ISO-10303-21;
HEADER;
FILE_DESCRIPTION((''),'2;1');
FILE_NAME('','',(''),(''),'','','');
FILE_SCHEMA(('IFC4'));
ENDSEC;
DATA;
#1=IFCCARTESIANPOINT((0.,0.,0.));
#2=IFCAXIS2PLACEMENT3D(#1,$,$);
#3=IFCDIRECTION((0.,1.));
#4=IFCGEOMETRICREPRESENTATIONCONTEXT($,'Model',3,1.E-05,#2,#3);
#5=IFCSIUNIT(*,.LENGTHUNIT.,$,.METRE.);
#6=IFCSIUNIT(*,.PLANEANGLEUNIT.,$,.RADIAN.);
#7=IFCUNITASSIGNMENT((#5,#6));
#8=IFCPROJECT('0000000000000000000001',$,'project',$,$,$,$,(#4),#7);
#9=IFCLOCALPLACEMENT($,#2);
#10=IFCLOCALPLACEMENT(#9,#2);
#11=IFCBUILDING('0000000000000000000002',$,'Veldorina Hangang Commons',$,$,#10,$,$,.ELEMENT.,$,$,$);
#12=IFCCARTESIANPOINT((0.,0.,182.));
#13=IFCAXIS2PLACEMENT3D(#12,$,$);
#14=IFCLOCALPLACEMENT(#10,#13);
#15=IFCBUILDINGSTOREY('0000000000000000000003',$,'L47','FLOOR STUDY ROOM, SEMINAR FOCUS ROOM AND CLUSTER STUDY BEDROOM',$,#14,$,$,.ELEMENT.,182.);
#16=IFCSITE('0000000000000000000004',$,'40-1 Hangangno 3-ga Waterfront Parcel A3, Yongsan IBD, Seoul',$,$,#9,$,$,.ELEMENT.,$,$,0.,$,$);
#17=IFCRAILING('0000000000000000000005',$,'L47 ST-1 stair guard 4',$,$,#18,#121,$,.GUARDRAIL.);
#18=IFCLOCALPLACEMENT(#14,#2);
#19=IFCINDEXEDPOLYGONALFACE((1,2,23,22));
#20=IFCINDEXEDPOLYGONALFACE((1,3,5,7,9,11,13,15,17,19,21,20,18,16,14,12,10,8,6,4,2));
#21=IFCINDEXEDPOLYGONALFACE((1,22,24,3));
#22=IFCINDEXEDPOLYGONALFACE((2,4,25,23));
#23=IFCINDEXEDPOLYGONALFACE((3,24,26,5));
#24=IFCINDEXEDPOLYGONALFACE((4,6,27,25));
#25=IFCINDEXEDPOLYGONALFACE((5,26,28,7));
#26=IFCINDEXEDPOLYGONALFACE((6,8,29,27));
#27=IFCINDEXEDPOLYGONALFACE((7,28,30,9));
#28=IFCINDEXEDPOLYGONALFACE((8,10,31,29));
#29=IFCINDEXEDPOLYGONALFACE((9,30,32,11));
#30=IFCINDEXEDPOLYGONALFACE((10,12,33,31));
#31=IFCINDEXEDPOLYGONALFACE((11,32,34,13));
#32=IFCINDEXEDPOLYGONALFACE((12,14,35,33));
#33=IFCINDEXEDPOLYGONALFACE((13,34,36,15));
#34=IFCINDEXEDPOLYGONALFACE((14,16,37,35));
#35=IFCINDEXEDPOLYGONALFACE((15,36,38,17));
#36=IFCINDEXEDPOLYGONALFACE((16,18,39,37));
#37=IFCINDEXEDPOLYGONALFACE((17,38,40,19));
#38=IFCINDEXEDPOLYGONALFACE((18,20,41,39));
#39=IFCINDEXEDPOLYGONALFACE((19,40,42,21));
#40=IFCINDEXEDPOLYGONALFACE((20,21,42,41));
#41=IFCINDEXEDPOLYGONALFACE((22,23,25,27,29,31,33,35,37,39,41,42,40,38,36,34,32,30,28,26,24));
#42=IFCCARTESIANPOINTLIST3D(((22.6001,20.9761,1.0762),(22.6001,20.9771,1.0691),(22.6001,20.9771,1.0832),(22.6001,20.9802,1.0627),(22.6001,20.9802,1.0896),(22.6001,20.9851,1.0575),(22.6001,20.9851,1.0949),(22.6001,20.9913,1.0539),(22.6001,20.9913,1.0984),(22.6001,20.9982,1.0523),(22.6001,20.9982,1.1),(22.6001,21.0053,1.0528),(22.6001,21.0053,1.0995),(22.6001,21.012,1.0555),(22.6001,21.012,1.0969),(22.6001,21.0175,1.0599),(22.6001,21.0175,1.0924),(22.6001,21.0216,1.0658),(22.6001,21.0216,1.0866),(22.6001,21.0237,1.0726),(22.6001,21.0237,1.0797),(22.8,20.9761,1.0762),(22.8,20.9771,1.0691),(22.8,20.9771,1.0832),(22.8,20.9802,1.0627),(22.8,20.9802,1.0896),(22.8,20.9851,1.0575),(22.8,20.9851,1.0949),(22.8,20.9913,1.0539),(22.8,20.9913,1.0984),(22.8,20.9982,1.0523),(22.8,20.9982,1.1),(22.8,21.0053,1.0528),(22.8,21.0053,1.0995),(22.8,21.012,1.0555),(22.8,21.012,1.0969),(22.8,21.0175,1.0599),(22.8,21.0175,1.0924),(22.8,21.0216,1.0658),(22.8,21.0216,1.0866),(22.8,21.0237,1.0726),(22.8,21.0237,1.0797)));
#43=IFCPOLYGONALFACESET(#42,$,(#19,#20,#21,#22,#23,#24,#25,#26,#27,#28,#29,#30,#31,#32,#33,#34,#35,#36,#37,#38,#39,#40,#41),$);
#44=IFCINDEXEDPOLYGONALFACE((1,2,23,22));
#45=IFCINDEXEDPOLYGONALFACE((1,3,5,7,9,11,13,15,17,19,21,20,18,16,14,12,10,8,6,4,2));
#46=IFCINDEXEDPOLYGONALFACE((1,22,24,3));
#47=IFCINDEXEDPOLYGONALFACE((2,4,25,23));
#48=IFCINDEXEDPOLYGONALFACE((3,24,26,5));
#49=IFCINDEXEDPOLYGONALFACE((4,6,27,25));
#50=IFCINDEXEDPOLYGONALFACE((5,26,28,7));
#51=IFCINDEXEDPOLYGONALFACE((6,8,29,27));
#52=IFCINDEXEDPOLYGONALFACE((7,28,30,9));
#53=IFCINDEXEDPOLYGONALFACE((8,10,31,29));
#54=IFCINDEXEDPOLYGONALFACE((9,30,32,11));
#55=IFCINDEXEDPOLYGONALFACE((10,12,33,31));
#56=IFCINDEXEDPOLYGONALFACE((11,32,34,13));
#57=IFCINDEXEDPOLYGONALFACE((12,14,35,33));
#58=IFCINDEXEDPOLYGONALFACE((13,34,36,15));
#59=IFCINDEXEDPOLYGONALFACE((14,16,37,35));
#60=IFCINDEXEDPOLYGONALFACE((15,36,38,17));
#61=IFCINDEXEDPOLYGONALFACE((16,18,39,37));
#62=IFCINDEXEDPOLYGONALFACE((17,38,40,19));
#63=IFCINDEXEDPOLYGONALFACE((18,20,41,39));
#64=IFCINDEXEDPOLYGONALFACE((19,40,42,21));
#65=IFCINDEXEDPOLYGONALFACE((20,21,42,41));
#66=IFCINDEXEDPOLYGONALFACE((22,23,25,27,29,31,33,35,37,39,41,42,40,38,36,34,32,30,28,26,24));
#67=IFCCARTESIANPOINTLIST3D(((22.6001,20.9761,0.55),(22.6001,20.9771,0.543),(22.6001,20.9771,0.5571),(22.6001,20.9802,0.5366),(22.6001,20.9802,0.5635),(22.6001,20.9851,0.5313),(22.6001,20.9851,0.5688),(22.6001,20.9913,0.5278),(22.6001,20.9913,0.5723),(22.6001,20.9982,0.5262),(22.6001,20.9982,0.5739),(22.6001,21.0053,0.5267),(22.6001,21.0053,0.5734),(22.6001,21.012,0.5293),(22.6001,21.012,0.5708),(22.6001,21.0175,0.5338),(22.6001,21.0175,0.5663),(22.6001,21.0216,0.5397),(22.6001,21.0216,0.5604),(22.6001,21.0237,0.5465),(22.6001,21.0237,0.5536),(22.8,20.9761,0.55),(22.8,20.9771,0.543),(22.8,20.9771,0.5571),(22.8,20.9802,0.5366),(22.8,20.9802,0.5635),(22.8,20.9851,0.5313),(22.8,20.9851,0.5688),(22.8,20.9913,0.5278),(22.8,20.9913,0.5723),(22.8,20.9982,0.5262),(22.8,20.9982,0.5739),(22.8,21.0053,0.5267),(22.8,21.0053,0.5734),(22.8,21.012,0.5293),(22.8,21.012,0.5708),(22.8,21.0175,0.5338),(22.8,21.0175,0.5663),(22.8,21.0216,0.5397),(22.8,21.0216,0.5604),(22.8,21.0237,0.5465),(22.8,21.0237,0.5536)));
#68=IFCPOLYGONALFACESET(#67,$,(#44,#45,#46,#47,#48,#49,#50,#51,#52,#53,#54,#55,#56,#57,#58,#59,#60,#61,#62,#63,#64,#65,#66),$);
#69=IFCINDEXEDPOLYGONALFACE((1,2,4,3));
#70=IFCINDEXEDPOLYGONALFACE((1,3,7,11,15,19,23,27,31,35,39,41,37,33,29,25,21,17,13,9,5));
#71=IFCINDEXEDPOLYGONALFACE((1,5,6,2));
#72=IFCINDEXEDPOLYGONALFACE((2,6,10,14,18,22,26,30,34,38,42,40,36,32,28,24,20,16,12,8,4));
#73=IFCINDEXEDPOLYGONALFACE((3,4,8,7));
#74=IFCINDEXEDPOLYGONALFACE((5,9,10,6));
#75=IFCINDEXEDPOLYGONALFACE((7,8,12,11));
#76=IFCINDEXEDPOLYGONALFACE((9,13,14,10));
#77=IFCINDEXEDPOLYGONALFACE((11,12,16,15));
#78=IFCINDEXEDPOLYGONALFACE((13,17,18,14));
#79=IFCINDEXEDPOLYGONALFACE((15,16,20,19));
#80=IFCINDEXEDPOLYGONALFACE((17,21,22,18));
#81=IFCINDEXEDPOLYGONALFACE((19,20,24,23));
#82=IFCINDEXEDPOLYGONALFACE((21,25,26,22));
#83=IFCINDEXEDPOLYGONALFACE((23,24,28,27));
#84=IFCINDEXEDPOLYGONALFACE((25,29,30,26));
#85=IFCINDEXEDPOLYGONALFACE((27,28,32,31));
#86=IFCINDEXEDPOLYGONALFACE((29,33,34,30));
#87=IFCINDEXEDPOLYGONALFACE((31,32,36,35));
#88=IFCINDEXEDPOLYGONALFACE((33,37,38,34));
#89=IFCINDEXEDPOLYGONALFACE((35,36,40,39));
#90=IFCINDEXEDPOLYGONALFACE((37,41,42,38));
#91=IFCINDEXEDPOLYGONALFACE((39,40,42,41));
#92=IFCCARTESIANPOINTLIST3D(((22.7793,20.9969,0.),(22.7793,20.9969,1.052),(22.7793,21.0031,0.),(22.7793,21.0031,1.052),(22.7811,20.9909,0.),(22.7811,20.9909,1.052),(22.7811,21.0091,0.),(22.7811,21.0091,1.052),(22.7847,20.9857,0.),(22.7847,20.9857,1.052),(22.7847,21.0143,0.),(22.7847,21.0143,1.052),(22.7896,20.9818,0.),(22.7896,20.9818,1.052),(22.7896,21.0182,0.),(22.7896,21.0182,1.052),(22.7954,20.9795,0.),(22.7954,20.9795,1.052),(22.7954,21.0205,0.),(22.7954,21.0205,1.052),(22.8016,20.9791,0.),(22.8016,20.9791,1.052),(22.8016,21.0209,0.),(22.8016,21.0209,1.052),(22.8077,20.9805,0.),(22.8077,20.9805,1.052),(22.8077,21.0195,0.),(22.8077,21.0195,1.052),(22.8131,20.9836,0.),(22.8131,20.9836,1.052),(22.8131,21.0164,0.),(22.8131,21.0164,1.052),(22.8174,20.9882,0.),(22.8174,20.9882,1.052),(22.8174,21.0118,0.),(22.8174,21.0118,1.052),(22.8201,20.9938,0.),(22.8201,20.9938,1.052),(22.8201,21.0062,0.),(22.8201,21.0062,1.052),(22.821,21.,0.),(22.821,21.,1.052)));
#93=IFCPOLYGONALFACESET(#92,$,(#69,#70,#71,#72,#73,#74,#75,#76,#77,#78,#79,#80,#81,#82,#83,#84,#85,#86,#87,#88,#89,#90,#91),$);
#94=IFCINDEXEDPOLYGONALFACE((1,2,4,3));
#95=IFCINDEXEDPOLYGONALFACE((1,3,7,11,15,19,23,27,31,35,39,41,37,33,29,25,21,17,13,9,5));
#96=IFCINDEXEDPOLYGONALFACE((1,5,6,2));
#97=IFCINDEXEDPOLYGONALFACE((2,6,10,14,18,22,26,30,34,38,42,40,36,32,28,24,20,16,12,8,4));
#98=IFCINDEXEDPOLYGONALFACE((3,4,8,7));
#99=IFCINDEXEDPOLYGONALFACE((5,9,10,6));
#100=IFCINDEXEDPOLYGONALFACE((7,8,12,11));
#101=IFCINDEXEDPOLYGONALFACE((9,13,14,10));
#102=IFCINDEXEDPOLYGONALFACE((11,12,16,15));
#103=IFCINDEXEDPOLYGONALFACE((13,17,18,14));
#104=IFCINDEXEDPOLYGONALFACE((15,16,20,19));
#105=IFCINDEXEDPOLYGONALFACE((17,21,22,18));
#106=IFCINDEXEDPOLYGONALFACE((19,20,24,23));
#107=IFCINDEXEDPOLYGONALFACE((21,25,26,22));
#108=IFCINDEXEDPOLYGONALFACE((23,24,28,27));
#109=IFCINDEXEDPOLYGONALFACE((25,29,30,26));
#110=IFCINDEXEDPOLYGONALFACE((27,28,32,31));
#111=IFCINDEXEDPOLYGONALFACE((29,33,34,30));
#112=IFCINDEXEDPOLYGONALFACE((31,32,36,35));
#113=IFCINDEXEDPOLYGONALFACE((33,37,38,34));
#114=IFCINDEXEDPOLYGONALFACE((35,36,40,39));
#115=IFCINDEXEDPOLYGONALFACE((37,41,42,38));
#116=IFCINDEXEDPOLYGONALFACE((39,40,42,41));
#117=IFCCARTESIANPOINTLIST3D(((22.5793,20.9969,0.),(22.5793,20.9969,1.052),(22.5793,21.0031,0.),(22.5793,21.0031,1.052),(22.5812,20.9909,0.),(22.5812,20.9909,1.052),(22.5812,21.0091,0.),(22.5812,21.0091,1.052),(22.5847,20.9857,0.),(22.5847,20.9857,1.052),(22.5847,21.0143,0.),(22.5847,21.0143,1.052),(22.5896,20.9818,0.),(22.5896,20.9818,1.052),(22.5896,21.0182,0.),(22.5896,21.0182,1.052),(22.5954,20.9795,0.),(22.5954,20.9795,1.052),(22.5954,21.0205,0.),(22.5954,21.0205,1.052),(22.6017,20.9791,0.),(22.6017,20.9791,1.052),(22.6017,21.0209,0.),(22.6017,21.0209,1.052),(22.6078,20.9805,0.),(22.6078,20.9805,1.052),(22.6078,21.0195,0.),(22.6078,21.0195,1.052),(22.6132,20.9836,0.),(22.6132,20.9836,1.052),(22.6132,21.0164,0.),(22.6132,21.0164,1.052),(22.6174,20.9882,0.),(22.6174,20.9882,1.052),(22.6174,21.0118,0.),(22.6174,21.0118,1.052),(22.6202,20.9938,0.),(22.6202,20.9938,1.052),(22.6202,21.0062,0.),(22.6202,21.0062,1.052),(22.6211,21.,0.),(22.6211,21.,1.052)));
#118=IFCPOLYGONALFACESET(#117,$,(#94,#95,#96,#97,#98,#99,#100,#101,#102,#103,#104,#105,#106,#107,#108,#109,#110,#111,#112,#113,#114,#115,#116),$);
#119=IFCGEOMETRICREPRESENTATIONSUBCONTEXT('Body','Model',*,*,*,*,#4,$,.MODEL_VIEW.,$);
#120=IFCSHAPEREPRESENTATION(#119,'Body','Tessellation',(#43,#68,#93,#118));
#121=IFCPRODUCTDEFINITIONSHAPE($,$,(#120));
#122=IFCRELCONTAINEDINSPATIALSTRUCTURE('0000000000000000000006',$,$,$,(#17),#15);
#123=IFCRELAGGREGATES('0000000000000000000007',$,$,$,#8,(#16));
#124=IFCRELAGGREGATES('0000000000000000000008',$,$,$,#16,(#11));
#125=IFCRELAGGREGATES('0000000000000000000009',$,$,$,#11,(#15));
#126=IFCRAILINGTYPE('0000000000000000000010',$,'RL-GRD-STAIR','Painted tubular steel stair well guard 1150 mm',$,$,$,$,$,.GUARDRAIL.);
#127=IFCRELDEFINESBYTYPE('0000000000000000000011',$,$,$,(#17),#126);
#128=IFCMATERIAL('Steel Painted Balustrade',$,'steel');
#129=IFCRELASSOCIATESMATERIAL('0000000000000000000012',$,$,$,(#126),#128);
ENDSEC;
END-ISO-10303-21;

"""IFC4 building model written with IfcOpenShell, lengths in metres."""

from ifc_helpers import new_model, si_unit, direction, frame, origin, origin_2d, place, context, subcontext, project, spatial, circle, extrude, material, type_object, element, save


model = new_model("IFC4")

# Units and contexts
model_context = context("Model", 3, precision=1e-05, world=origin(), true_north=direction((0.0, 1.0)))
body_context = subcontext(model_context, "Body", "Model", "MODEL_VIEW")
ifc_project = project(units=[si_unit("LENGTHUNIT", "METRE"), si_unit("PLANEANGLEUNIT", "RADIAN")], contexts=[model_context])

# Site, building, storey
site_placement = place(None, origin())
site = spatial("IfcSite", under=ifc_project, at=site_placement, Name="40-1 Hangangno 3-ga Waterfront Parcel A3, Yongsan IBD, Seoul", CompositionType="ELEMENT", RefElevation=0.0)
building_placement = place(site_placement, origin())
building = spatial("IfcBuilding", under=site, at=building_placement, Name="Veldorina Hangang Commons", CompositionType="ELEMENT")
storey_placement = place(building_placement, frame((0.0, 0.0, 182.0)))
storey = spatial("IfcBuildingStorey", under=building, at=storey_placement, Name="L47", Description="FLOOR STUDY ROOM, SEMINAR FOCUS ROOM AND CLUSTER STUDY BEDROOM", CompositionType="ELEMENT", Elevation=182.0)

# Railing
ifc_material_1 = material(Name="Steel Painted Balustrade", Category="steel")
railing_type_1 = type_object("IfcRailingType", Name="RL-GRD-STAIR", Description="Painted tubular steel stair well guard 1150 mm", PredefinedType="GUARDRAIL", material=ifc_material_1)
railing_1_placement = place(storey_placement, frame((22.8, 21.0, 0.0)))
element("IfcRailing", 1, at=railing_1_placement, inside=storey, type_object=railing_type_1, Name="L47 ST-1 stair guard 4", PredefinedType="GUARDRAIL", context=body_context, shape_type="SweptSolid", body=[
    extrude(circle(Radius=0.0239, at=origin_2d()), frame((0.0, 0.0, 1.0762), z_axis=(-1.0, 0.0, 0.0), x_axis=(0.0, -1.0, 0.0)), (0.0, 0.0, 1.0), 0.2),
    extrude(circle(Radius=0.0239, at=origin_2d()), frame((0.0, 0.0, 0.55), z_axis=(-1.0, 0.0, 0.0), x_axis=(0.0, -1.0, 0.0)), (0.0, 0.0, 1.0), 0.2),
    extrude(circle(Radius=0.021, at=origin_2d()), origin(), (0.0, 0.0, 1.0), 1.052),
    extrude(circle(Radius=0.021, at=origin_2d()), frame((-0.2, 0.0, 0.0)), (0.0, 0.0, 1.0), 1.052),
])

save(model, "model.ifc")
